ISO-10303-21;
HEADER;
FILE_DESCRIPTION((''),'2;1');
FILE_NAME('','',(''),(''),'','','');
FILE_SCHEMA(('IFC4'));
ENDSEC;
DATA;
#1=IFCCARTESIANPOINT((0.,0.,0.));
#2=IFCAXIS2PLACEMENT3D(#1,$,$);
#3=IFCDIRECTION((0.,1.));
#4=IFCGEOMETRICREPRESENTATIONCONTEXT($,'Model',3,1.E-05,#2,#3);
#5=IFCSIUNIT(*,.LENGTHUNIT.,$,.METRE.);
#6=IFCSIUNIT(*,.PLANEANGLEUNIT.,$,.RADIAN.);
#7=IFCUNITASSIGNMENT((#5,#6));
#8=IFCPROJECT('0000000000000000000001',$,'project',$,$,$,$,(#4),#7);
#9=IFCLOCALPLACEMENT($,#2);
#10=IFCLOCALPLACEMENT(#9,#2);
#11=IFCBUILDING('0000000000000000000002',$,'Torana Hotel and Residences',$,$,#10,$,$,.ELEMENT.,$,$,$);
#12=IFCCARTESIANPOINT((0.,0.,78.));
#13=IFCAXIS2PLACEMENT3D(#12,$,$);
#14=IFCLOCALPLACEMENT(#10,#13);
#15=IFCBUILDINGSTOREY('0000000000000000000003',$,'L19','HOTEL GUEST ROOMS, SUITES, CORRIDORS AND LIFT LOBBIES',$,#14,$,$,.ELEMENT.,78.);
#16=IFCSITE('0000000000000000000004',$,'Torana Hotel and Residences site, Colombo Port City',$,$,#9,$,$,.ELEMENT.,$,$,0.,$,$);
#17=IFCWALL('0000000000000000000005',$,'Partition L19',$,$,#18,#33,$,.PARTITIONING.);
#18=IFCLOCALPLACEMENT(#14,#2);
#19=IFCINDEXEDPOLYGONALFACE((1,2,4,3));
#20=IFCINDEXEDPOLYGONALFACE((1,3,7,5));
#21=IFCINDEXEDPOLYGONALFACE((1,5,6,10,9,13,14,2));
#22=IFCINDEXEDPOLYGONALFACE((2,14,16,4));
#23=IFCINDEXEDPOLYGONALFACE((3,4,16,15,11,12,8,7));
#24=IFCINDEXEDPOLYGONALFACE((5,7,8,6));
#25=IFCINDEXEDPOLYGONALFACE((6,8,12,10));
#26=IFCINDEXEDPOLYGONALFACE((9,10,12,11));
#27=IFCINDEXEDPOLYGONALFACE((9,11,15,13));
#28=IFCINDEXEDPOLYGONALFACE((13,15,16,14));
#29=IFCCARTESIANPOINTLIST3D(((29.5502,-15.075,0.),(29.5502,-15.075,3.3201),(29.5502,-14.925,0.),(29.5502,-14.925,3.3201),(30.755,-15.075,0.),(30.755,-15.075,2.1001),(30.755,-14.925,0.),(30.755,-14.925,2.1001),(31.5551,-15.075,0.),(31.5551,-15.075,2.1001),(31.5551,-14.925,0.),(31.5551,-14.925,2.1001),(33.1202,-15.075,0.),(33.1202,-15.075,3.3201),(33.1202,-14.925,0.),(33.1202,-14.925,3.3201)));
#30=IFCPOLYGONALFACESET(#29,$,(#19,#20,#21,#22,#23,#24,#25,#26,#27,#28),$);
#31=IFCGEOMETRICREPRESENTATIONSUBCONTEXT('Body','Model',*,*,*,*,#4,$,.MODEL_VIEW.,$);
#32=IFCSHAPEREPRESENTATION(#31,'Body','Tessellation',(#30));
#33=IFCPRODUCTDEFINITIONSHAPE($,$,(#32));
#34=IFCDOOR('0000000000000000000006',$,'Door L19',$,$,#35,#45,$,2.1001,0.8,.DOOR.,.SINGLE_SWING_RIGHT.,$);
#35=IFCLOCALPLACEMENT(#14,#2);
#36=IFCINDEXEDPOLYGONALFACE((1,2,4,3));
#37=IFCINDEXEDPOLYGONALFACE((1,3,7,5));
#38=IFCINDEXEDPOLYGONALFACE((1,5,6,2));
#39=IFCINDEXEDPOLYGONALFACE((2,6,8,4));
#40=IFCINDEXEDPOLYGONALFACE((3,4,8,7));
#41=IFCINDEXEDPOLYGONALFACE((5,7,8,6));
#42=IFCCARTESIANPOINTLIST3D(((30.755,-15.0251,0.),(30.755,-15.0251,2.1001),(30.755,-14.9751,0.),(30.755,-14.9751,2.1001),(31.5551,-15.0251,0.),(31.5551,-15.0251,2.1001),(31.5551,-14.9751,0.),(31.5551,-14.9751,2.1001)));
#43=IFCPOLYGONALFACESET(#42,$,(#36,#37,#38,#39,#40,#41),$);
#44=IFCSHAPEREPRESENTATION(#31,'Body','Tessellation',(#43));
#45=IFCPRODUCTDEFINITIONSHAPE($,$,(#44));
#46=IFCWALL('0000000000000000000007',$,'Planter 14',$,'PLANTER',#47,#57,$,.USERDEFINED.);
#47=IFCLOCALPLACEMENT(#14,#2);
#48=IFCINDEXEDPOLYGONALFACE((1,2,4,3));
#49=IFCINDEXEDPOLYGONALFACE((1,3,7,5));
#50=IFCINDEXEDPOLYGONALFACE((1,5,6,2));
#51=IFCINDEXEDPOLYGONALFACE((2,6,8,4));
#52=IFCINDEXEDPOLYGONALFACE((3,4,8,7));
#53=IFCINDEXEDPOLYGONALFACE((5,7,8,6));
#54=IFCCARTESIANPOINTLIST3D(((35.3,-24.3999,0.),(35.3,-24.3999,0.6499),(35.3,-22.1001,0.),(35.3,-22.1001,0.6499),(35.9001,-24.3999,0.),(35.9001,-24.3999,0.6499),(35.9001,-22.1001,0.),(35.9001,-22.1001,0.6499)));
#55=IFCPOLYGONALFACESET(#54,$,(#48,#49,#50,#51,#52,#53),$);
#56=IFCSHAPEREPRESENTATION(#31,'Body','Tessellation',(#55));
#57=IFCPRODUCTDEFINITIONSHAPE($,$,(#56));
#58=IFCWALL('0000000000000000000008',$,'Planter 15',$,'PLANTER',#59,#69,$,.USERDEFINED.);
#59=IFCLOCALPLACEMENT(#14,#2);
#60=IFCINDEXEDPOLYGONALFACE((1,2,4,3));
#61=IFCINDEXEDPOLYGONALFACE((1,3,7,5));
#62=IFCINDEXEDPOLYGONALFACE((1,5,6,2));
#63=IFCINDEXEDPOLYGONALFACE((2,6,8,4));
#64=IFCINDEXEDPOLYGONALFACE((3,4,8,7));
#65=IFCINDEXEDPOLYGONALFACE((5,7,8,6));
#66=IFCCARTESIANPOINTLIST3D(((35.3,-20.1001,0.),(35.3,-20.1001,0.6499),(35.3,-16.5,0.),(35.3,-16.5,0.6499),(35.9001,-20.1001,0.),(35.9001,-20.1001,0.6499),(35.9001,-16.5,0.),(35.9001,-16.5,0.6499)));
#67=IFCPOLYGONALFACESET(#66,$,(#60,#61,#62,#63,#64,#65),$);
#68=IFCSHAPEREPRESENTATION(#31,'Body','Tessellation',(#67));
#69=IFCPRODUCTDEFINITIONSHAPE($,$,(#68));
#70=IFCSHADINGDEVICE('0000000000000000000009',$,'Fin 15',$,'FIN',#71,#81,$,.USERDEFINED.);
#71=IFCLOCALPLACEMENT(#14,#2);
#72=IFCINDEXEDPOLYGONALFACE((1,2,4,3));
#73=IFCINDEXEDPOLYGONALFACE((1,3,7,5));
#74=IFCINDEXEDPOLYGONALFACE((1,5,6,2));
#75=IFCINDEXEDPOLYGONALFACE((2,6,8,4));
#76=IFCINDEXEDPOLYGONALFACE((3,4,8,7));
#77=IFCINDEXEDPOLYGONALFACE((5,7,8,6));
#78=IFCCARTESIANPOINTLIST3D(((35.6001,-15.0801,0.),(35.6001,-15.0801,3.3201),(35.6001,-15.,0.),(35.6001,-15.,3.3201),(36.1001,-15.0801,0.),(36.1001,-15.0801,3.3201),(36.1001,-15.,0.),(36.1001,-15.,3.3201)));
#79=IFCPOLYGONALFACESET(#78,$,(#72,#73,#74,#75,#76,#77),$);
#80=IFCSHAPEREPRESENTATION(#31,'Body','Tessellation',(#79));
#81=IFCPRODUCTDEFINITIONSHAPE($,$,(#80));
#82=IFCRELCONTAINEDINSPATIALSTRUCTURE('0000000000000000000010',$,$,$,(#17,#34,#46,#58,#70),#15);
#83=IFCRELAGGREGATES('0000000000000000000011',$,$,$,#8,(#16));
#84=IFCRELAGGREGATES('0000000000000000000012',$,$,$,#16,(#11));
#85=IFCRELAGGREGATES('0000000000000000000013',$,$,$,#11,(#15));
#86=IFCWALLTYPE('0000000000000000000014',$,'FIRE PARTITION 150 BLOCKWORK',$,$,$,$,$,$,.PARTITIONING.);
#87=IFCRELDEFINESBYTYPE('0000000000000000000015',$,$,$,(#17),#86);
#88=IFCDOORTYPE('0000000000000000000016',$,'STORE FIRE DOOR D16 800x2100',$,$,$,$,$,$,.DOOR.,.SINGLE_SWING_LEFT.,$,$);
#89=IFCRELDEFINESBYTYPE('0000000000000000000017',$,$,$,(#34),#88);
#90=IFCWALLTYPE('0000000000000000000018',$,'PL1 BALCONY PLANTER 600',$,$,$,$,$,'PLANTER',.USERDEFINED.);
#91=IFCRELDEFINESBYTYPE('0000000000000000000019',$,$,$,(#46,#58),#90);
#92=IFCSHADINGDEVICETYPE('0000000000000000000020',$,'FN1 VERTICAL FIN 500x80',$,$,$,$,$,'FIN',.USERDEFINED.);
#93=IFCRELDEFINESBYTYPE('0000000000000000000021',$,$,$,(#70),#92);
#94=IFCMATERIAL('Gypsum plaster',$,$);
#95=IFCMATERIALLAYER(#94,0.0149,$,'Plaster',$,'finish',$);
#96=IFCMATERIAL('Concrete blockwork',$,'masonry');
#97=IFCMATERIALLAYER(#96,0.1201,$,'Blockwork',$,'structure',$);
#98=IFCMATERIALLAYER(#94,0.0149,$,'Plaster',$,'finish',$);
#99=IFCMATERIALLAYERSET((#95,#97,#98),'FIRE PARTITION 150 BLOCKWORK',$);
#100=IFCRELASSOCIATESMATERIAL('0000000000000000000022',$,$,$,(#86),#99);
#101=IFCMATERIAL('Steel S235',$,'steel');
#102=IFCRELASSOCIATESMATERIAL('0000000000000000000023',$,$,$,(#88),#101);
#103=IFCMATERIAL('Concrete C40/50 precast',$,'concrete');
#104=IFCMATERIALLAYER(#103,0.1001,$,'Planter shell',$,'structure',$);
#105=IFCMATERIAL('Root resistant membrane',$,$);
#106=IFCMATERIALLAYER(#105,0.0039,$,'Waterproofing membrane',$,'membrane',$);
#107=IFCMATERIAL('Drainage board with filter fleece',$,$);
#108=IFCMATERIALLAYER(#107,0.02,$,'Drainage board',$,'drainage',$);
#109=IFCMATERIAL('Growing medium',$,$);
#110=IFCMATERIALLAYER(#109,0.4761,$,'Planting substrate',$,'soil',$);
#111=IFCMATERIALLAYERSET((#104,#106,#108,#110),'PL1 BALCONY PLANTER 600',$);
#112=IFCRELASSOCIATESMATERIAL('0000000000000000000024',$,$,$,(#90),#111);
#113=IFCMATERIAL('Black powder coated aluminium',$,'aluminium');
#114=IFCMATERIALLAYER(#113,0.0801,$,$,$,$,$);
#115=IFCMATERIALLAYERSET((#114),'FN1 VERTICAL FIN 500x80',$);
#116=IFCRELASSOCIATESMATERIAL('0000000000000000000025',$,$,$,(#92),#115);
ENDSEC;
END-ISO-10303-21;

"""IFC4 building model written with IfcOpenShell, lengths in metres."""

from ifc_helpers import new_model, si_unit, direction, frame, frame_2d, origin, origin_2d, place, context, subcontext, project, spatial, rectangle, extrude, material, layer, layer_set, type_object, element, fill, save


model = new_model("IFC4")

# Units and contexts
model_context = context("Model", 3, precision=1e-05, world=origin(), true_north=direction((0.0, 1.0)))
body_context = subcontext(model_context, "Body", "Model", "MODEL_VIEW")
ifc_project = project(units=[si_unit("LENGTHUNIT", "METRE"), si_unit("PLANEANGLEUNIT", "RADIAN")], contexts=[model_context])

# Site, building, storey
site_placement = place(None, origin())
site = spatial("IfcSite", under=ifc_project, at=site_placement, Name="Torana Hotel and Residences site, Colombo Port City", CompositionType="ELEMENT", RefElevation=0.0)
building_placement = place(site_placement, origin())
building = spatial("IfcBuilding", under=site, at=building_placement, Name="Torana Hotel and Residences", CompositionType="ELEMENT")
storey_placement = place(building_placement, frame((0.0, 0.0, 78.0)))
storey = spatial("IfcBuildingStorey", under=building, at=storey_placement, Name="L19", Description="HOTEL GUEST ROOMS, SUITES, CORRIDORS AND LIFT LOBBIES", CompositionType="ELEMENT", Elevation=78.0)

# Wall, opening, door
ifc_material_1 = material(Name="Gypsum plaster")
ifc_layer_1 = layer(ifc_material_1, 0.0149, Name="Plaster", Category="finish")
ifc_material_2 = material(Name="Concrete blockwork", Category="masonry")
ifc_layer_2 = layer(ifc_material_2, 0.1201, Name="Blockwork", Category="structure")
ifc_layer_3 = layer(ifc_material_1, 0.0149, Name="Plaster", Category="finish")
ifc_layer_set_1 = layer_set([ifc_layer_1, ifc_layer_2, ifc_layer_3], Name="FIRE PARTITION 150 BLOCKWORK")
wall_type_1 = type_object("IfcWallType", Name="FIRE PARTITION 150 BLOCKWORK", PredefinedType="PARTITIONING", material=ifc_layer_set_1)
wall_1_placement = place(storey_placement, frame((29.55, -15.0, 0.0), z_axis=(0.0, 0.0, 1.0), x_axis=(1.0, 0.0, 0.0)))
wall_1 = element("IfcWall", 1, at=wall_1_placement, inside=storey, type_object=wall_type_1, Name="Partition L19", PredefinedType="PARTITIONING", context=body_context, shape_type="SweptSolid", body=[
    extrude(rectangle(XDim=3.5701, YDim=0.1499, at=frame_2d((1.7852, 0.0))), origin(), (0.0, 0.0, 1.0), 3.3201),
])
opening_1_placement = place(wall_1_placement, frame((1.2051, 0.0, 0.0)))
opening_1 = element("IfcOpeningElement", 2, at=opening_1_placement, cuts=wall_1, PredefinedType="OPENING", context=body_context, shape_type="SweptSolid", body=[
    extrude(rectangle(XDim=0.8, YDim=2.1001, at=frame_2d((0.3999, 1.05))), frame((0.0, 0.085, 0.0), z_axis=(0.0, -1.0, 0.0), x_axis=(1.0, 0.0, 0.0)), (0.0, 0.0, 1.0), 0.1699),
])
ifc_material_3 = material(Name="Steel S235", Category="steel")
door_type_1 = type_object("IfcDoorType", Name="STORE FIRE DOOR D16 800x2100", OperationType="SINGLE_SWING_LEFT", PredefinedType="DOOR", material=ifc_material_3)
door_1_placement = place(opening_1_placement, origin())
door_1 = element("IfcDoor", 3, at=door_1_placement, inside=storey, type_object=door_type_1, Name="Door L19", OperationType="SINGLE_SWING_RIGHT", OverallHeight=2.1001, OverallWidth=0.8, PredefinedType="DOOR", context=body_context, shape_type="SweptSolid", body=[
    extrude(rectangle(XDim=0.8, YDim=2.1001, at=frame_2d((0.3999, 1.05))), frame((0.0, 0.0249, 0.0), z_axis=(0.0, -1.0, 0.0), x_axis=(1.0, 0.0, 0.0)), (0.0, 0.0, 1.0), 0.05),
])
fill(opening_1, door_1)

# Walls
ifc_material_4 = material(Name="Concrete C40/50 precast", Category="concrete")
ifc_layer_4 = layer(ifc_material_4, 0.1001, Name="Planter shell", Category="structure")
ifc_material_5 = material(Name="Root resistant membrane")
ifc_layer_5 = layer(ifc_material_5, 0.0039, Name="Waterproofing membrane", Category="membrane")
ifc_material_6 = material(Name="Drainage board with filter fleece")
ifc_layer_6 = layer(ifc_material_6, 0.02, Name="Drainage board", Category="drainage")
ifc_material_7 = material(Name="Growing medium")
ifc_layer_7 = layer(ifc_material_7, 0.4761, Name="Planting substrate", Category="soil")
ifc_layer_set_2 = layer_set([ifc_layer_4, ifc_layer_5, ifc_layer_6, ifc_layer_7], Name="PL1 BALCONY PLANTER 600")
wall_type_2 = type_object("IfcWallType", Name="PL1 BALCONY PLANTER 600", ElementType="PLANTER", PredefinedType="USERDEFINED", material=ifc_layer_set_2)
wall_2_placement = place(storey_placement, frame((35.6001, -22.1001, 0.0), z_axis=(0.0, 0.0, 1.0), x_axis=(0.0, -1.0, 0.0)))
element("IfcWall", 4, at=wall_2_placement, inside=storey, type_object=wall_type_2, Name="Planter 14", ObjectType="PLANTER", PredefinedType="USERDEFINED", context=body_context, shape_type="SweptSolid", body=[
    extrude(rectangle(XDim=2.2998, YDim=0.6001, at=frame_2d((1.1499, 0.0))), origin(), (0.0, 0.0, 1.0), 0.6499),
])
wall_3_placement = place(storey_placement, frame((35.6001, -16.5, 0.0), z_axis=(0.0, 0.0, 1.0), x_axis=(0.0, -1.0, 0.0)))
element("IfcWall", 5, at=wall_3_placement, inside=storey, type_object=wall_type_2, Name="Planter 15", ObjectType="PLANTER", PredefinedType="USERDEFINED", context=body_context, shape_type="SweptSolid", body=[
    extrude(rectangle(XDim=3.6001, YDim=0.6001, at=frame_2d((1.8, 0.0))), origin(), (0.0, 0.0, 1.0), 0.6499),
])

# Shading device
ifc_material_8 = material(Name="Black powder coated aluminium", Category="aluminium")
ifc_layer_8 = layer(ifc_material_8, 0.0801)
ifc_layer_set_3 = layer_set([ifc_layer_8], Name="FN1 VERTICAL FIN 500x80")
shading_device_type = type_object("IfcShadingDeviceType", Name="FN1 VERTICAL FIN 500x80", ElementType="FIN", PredefinedType="USERDEFINED", material=ifc_layer_set_3)
shading_device_placement = place(storey_placement, frame((35.8501, -15.04, 0.0), z_axis=(0.0, 0.0, 1.0), x_axis=(0.0, -1.0, 0.0)))
element("IfcShadingDevice", 6, at=shading_device_placement, inside=storey, type_object=shading_device_type, Name="Fin 15", ObjectType="FIN", PredefinedType="USERDEFINED", context=body_context, shape_type="SweptSolid", body=[
    extrude(rectangle(XDim=0.0801, YDim=0.5, at=origin_2d()), origin(), (0.0, 0.0, 1.0), 3.3201),
])

save(model, "model.ifc")
